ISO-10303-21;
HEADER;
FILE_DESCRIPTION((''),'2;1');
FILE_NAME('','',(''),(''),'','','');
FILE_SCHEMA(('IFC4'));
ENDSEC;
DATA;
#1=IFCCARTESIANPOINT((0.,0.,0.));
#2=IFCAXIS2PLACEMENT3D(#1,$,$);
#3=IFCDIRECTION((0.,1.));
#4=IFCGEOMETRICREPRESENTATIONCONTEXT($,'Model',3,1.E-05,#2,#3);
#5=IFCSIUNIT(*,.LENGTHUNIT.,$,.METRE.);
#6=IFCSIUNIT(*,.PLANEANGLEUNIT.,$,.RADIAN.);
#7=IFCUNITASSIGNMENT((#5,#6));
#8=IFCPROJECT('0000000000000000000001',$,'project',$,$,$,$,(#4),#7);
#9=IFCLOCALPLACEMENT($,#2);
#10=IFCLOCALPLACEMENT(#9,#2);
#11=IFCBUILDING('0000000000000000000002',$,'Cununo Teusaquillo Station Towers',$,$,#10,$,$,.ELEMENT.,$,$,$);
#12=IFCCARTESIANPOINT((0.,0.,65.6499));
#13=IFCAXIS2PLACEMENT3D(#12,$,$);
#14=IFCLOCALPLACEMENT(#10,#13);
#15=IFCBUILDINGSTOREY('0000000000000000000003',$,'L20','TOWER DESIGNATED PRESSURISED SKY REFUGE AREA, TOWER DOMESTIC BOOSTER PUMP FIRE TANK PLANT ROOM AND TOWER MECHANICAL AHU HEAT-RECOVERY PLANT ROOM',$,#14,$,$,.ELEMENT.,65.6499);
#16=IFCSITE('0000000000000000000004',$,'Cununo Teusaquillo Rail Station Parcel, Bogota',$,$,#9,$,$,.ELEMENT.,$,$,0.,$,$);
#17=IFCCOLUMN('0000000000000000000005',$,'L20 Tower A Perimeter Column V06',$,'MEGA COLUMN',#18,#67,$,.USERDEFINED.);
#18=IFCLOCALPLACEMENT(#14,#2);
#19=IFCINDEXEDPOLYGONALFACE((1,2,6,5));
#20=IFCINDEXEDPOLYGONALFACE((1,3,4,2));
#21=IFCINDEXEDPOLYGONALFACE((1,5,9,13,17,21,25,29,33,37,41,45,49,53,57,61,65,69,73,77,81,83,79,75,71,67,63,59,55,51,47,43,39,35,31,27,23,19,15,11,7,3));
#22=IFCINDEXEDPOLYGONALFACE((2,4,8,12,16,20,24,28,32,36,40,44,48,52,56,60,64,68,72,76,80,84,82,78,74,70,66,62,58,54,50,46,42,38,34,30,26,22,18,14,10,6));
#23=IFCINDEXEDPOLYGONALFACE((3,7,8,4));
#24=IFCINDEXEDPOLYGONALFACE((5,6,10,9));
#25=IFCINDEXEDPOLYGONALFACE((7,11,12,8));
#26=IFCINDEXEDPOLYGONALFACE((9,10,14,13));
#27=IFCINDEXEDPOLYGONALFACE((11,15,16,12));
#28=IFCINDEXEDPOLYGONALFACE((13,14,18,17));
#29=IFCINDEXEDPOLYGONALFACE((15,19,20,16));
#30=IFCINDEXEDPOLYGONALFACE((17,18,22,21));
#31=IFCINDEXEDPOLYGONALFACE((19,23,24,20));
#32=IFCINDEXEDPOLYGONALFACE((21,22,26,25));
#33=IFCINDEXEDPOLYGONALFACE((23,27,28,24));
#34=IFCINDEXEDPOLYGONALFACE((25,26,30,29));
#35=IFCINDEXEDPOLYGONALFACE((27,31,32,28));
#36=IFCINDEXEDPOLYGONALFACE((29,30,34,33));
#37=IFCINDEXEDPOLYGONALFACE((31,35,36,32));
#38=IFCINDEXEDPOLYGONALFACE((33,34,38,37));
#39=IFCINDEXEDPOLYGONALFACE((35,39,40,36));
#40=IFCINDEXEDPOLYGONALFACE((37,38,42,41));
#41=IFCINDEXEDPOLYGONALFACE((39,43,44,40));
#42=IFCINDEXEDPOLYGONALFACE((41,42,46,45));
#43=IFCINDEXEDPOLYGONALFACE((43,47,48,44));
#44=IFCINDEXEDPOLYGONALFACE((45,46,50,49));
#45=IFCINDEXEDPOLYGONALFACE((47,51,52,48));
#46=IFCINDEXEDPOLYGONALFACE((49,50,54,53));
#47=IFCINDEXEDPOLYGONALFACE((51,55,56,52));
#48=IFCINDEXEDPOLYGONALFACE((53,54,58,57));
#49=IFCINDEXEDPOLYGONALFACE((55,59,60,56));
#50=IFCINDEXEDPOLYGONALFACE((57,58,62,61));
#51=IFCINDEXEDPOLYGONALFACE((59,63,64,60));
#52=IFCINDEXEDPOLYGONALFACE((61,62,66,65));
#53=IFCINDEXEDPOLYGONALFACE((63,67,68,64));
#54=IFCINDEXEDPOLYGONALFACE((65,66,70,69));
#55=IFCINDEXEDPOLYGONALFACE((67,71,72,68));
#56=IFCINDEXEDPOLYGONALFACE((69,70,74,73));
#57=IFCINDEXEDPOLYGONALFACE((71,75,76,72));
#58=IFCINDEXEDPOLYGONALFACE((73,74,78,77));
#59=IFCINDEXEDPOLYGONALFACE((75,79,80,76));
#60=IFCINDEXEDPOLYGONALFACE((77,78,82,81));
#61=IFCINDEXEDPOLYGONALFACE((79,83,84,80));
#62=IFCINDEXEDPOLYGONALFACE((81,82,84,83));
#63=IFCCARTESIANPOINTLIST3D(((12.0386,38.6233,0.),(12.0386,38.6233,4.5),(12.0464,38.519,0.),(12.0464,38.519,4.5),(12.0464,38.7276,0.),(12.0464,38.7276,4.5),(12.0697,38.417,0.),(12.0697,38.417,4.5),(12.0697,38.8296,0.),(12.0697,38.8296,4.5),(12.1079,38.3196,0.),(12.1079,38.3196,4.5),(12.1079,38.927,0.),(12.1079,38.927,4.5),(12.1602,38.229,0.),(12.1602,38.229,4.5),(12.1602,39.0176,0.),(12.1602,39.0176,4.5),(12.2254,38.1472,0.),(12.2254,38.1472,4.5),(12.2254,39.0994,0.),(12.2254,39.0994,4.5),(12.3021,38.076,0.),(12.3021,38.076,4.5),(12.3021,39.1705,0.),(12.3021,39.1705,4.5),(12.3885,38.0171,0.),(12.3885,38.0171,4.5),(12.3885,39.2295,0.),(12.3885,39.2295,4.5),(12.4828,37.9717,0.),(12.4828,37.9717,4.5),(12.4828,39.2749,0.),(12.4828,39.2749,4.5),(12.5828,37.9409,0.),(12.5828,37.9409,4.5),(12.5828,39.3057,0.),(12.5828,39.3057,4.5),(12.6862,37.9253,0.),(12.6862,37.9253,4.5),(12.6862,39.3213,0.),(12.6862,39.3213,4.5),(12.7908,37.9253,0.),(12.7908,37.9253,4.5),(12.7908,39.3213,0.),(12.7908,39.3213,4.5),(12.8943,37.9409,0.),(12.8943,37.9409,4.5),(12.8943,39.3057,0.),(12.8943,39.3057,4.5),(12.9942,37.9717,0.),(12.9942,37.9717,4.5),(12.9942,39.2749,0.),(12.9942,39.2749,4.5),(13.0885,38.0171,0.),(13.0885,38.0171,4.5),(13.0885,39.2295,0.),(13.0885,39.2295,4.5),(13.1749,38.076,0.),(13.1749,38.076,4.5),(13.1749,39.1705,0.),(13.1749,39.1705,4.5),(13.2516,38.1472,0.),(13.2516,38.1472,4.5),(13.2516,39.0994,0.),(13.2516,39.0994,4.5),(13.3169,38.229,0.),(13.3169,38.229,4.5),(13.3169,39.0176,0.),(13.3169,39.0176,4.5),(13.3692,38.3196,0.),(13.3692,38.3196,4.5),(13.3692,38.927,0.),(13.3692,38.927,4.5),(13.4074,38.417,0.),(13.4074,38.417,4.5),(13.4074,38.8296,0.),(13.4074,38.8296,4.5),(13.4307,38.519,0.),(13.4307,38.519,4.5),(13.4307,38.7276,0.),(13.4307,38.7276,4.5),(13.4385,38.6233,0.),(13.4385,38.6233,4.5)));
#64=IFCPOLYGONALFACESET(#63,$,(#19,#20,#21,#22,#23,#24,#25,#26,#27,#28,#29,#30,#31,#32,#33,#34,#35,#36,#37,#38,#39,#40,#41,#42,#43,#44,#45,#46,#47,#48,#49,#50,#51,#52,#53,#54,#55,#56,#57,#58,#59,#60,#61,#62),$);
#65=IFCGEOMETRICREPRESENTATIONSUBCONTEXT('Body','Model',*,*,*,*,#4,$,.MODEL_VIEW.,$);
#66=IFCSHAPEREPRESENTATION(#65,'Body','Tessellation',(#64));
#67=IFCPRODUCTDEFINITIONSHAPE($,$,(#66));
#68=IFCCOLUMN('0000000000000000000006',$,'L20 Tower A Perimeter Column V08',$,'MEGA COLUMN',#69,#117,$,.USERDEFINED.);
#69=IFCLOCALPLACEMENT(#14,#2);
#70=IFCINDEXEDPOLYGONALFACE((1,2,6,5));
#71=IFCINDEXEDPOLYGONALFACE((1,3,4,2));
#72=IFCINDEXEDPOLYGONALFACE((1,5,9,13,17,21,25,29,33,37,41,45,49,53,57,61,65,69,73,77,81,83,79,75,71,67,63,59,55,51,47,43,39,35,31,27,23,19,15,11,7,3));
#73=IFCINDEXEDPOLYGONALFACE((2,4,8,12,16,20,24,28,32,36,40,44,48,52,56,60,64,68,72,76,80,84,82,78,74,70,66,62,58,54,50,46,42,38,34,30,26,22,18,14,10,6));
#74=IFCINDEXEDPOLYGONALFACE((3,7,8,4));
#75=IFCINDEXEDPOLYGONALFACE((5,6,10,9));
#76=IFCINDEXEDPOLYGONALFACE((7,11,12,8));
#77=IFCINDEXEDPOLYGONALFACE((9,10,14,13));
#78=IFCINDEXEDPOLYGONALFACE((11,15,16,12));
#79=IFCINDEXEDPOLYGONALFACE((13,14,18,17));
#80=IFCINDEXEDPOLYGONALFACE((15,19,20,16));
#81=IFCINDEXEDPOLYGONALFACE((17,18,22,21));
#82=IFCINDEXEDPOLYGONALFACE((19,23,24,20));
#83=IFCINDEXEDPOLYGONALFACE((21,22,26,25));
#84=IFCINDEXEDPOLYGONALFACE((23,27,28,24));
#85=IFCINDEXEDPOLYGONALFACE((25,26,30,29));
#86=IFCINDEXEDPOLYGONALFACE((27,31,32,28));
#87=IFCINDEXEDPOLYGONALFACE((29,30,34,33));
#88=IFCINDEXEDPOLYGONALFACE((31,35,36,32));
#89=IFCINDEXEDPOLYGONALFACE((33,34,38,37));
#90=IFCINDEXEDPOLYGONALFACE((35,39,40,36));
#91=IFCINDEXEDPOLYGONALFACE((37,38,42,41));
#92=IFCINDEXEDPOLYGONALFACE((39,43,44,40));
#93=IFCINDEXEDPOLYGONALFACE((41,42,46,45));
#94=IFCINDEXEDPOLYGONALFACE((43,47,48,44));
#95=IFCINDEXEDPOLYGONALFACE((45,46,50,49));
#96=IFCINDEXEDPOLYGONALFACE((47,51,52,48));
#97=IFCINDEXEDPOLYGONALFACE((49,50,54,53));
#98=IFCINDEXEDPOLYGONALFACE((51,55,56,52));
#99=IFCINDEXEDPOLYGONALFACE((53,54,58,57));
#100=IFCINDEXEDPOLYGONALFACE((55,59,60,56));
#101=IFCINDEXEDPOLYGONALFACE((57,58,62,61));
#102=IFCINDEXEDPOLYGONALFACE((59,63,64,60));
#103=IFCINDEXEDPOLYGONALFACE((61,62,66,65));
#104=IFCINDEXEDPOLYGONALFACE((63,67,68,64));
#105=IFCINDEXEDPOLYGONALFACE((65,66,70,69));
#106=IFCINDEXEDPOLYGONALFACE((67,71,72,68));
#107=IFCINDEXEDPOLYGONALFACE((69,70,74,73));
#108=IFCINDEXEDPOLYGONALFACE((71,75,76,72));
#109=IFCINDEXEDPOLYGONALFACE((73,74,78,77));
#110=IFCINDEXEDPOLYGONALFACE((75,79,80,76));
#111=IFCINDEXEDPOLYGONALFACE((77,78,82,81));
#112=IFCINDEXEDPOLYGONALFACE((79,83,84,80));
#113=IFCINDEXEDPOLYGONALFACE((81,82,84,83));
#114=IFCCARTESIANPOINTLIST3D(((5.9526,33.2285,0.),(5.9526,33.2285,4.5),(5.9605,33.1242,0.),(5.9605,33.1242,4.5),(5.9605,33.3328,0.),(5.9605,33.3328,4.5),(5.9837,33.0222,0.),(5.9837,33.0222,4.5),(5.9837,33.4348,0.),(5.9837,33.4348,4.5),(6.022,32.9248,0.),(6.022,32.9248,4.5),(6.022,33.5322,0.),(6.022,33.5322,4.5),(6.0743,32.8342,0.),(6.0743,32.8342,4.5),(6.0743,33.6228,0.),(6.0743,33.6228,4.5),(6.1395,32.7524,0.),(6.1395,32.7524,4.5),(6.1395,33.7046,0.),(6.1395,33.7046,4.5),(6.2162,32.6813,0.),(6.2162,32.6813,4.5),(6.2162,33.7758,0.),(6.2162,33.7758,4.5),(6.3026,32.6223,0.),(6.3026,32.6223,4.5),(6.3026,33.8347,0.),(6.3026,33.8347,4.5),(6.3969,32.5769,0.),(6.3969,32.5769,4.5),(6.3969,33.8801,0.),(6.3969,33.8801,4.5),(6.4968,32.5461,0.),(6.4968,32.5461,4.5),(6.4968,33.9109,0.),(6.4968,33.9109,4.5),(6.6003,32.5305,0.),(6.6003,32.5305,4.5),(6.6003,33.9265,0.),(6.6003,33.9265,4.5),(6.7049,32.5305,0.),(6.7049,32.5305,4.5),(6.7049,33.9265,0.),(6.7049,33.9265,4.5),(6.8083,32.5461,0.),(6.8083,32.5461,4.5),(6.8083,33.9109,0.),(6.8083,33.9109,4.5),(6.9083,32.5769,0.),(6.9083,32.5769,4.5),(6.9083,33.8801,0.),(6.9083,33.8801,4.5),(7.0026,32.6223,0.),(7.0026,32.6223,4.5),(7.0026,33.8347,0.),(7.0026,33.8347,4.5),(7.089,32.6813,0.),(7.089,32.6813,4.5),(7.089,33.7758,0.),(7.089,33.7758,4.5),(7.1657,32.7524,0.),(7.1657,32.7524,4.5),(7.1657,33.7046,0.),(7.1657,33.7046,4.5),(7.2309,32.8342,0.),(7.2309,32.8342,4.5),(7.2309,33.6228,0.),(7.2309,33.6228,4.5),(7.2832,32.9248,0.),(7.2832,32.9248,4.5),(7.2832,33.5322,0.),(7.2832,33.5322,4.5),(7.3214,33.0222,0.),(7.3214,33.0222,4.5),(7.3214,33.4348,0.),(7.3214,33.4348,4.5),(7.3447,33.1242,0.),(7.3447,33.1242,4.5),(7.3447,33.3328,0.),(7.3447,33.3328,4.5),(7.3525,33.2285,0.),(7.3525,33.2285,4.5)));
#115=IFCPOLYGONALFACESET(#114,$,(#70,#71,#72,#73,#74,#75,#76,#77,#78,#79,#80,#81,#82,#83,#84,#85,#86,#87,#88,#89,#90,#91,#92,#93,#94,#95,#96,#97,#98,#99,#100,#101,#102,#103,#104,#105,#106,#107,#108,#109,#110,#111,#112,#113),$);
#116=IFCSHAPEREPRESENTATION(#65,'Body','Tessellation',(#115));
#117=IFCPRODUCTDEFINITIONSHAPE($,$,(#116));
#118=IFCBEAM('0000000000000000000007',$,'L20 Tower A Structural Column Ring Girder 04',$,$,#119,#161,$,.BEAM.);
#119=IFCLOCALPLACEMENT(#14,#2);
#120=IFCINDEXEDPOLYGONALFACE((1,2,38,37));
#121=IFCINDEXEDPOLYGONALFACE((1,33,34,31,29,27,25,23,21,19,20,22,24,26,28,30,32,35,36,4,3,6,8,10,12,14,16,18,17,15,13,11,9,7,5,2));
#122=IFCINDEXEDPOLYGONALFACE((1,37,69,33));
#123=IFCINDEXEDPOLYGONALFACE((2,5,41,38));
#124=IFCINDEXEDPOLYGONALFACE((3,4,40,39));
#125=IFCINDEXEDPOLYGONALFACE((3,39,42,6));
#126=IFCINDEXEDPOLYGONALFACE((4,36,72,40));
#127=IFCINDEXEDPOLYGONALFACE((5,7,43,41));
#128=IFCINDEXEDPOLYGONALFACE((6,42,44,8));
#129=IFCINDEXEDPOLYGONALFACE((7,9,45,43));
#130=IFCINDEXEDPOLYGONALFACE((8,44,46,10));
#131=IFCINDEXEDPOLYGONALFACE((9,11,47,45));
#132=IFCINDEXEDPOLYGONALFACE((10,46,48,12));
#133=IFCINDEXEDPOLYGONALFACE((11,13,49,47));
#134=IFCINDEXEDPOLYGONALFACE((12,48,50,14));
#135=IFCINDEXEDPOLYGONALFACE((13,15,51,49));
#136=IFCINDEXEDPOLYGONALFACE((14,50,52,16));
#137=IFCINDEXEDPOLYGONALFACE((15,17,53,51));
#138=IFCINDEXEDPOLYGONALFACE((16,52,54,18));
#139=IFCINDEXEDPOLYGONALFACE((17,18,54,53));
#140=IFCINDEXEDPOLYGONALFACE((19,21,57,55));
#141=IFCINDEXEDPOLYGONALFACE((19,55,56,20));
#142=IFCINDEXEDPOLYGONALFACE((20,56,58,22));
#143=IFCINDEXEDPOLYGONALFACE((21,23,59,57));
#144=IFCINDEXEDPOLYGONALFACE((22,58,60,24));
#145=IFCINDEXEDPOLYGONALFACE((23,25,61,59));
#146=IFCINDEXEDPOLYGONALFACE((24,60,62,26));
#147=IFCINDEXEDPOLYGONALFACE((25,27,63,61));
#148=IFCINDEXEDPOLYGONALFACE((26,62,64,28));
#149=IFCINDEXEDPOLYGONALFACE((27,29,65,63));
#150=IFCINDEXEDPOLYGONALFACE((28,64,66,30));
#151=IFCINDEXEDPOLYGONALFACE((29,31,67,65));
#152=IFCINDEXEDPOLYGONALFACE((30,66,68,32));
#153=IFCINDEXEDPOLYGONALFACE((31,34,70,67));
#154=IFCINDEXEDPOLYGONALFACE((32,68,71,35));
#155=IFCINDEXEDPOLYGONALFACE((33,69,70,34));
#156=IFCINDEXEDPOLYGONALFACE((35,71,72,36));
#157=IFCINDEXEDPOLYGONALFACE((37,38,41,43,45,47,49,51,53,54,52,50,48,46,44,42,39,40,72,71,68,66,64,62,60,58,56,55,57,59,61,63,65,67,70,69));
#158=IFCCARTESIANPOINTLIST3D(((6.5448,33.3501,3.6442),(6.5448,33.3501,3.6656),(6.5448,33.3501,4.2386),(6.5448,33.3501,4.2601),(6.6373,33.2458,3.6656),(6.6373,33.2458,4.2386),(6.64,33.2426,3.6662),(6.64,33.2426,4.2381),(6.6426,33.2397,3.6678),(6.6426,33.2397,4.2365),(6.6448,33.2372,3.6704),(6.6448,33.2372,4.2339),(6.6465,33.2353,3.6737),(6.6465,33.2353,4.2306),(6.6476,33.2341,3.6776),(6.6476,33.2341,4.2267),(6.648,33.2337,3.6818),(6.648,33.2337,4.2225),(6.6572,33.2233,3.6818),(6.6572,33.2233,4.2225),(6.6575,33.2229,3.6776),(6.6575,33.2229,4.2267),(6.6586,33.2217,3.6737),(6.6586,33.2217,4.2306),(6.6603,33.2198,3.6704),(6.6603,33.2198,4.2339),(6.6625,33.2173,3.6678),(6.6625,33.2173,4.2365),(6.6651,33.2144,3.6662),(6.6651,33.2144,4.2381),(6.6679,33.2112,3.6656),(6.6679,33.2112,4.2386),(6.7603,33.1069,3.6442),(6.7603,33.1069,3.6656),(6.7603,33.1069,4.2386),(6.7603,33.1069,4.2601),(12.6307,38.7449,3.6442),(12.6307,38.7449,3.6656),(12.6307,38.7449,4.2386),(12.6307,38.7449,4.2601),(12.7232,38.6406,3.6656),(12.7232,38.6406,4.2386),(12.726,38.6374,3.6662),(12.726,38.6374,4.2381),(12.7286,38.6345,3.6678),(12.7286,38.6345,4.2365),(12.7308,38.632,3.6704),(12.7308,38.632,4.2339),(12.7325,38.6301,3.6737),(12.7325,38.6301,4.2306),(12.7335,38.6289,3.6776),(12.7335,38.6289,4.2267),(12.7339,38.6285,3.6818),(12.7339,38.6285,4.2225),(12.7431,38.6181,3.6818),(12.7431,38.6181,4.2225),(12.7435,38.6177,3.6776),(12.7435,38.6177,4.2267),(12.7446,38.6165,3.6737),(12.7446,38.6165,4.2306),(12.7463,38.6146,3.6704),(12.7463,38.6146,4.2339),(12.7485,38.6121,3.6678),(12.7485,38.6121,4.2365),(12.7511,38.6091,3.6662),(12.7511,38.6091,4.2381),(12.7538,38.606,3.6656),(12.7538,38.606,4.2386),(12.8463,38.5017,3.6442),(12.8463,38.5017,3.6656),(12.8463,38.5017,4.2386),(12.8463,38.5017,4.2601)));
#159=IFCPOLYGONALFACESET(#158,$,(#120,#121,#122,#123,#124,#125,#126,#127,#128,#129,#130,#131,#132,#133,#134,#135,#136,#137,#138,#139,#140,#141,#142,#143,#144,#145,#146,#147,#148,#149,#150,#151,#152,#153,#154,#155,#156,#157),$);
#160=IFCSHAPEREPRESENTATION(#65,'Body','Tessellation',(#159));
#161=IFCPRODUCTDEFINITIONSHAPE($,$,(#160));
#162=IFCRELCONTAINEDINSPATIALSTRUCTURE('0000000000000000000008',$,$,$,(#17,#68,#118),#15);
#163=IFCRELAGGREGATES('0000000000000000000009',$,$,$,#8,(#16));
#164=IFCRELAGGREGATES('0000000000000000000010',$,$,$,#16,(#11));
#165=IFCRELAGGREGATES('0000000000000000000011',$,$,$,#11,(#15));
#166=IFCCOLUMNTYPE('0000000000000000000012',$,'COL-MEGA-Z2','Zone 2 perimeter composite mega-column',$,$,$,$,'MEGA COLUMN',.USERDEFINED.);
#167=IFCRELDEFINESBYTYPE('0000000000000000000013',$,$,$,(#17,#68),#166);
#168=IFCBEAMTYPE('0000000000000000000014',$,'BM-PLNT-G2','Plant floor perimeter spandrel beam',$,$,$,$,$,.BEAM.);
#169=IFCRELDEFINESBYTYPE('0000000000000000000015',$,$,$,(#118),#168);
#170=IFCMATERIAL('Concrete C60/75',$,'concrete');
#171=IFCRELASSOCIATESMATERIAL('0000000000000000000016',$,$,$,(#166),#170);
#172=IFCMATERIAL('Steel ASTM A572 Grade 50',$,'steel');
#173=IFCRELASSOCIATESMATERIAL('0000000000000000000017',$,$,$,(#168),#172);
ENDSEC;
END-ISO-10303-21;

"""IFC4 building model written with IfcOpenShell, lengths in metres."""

from ifc_helpers import new_model, si_unit, direction, frame, origin, origin_2d, place, context, subcontext, project, spatial, circle, i_section, extrude, material, material_profile, profile_set, type_object, element, save


model = new_model("IFC4")

# Units and contexts
model_context = context("Model", 3, precision=1e-05, world=origin(), true_north=direction((0.0, 1.0)))
body_context = subcontext(model_context, "Body", "Model", "MODEL_VIEW")
ifc_project = project(units=[si_unit("LENGTHUNIT", "METRE"), si_unit("PLANEANGLEUNIT", "RADIAN")], contexts=[model_context])

# Site, building, storey
site_placement = place(None, origin())
site = spatial("IfcSite", under=ifc_project, at=site_placement, Name="Cununo Teusaquillo Rail Station Parcel, Bogota", CompositionType="ELEMENT", RefElevation=0.0)
building_placement = place(site_placement, origin())
building = spatial("IfcBuilding", under=site, at=building_placement, Name="Cununo Teusaquillo Station Towers", CompositionType="ELEMENT")
storey_placement = place(building_placement, frame((0.0, 0.0, 65.6499)))
storey = spatial("IfcBuildingStorey", under=building, at=storey_placement, Name="L20", Description="TOWER DESIGNATED PRESSURISED SKY REFUGE AREA, TOWER DOMESTIC BOOSTER PUMP FIRE TANK PLANT ROOM AND TOWER MECHANICAL AHU HEAT-RECOVERY PLANT ROOM", CompositionType="ELEMENT", Elevation=65.6499)

# Columns
ifc_material_1 = material(Name="Concrete C60/75", Category="concrete")
ifc_material_profile_1 = material_profile(ifc_material_1, circle(Radius=0.7, at=origin_2d()), Name="RC-CIRC-1400")
ifc_profile_set_1 = profile_set([ifc_material_profile_1], Name="Concrete C60/75")
column_type = type_object("IfcColumnType", Name="COL-MEGA-Z2", Description="Zone 2 perimeter composite mega-column", ElementType="MEGA COLUMN", PredefinedType="USERDEFINED", material=ifc_profile_set_1)
for number, where, z_axis, x_axis, name in (
    (1, (12.7385, 38.6233, 0.0), (0.0, 0.0, 1.0), (1.0, 0.0, 0.0), "L20 Tower A Perimeter Column V06"),
    (2, (6.6526, 33.2285, 0.0), (0.0, 0.0, 1.0), (1.0, 0.0, 0.0), "L20 Tower A Perimeter Column V08"),
):
    element("IfcColumn", number, at=place(storey_placement, frame(where, z_axis=z_axis, x_axis=x_axis)), inside=storey, type_object=column_type, Name=name, ObjectType="MEGA COLUMN", PredefinedType="USERDEFINED", context=body_context, shape_type="SweptSolid", body=[
        extrude(circle(Radius=0.7, at=origin_2d()), origin(), (0.0, 0.0, 1.0), 4.5),
    ])

# Beam
ifc_material_2 = material(Name="Steel ASTM A572 Grade 50", Category="steel")
ifc_material_profile_2 = material_profile(ifc_material_2, i_section(OverallWidth=0.325, OverallDepth=0.616, WebThickness=0.0139, FlangeThickness=0.0215, FilletRadius=0.0161, at=origin_2d()), Name="W24X117")
ifc_profile_set_2 = profile_set([ifc_material_profile_2], Name="Steel ASTM A572 Grade 50")
beam_type_1 = type_object("IfcBeamType", Name="BM-PLNT-G2", Description="Plant floor perimeter spandrel beam", PredefinedType="BEAM", material=ifc_profile_set_2)
beam_1_placement = place(storey_placement, frame((12.7385, 38.6233, 3.9521), z_axis=(-0.748321, -0.663337, 0.0), x_axis=(0.663337, -0.748321, 0.0)))
element("IfcBeam", 3, at=beam_1_placement, inside=storey, type_object=beam_type_1, Name="L20 Tower A Structural Column Ring Girder 04", PredefinedType="BEAM", context=body_context, shape_type="SweptSolid", body=[
    extrude(i_section(OverallWidth=0.325, OverallDepth=0.616, WebThickness=0.0139, FlangeThickness=0.0215, FilletRadius=0.0161, at=origin_2d()), origin(), (0.0, 0.0, 1.0), 8.1328),
])

save(model, "model.ifc")
